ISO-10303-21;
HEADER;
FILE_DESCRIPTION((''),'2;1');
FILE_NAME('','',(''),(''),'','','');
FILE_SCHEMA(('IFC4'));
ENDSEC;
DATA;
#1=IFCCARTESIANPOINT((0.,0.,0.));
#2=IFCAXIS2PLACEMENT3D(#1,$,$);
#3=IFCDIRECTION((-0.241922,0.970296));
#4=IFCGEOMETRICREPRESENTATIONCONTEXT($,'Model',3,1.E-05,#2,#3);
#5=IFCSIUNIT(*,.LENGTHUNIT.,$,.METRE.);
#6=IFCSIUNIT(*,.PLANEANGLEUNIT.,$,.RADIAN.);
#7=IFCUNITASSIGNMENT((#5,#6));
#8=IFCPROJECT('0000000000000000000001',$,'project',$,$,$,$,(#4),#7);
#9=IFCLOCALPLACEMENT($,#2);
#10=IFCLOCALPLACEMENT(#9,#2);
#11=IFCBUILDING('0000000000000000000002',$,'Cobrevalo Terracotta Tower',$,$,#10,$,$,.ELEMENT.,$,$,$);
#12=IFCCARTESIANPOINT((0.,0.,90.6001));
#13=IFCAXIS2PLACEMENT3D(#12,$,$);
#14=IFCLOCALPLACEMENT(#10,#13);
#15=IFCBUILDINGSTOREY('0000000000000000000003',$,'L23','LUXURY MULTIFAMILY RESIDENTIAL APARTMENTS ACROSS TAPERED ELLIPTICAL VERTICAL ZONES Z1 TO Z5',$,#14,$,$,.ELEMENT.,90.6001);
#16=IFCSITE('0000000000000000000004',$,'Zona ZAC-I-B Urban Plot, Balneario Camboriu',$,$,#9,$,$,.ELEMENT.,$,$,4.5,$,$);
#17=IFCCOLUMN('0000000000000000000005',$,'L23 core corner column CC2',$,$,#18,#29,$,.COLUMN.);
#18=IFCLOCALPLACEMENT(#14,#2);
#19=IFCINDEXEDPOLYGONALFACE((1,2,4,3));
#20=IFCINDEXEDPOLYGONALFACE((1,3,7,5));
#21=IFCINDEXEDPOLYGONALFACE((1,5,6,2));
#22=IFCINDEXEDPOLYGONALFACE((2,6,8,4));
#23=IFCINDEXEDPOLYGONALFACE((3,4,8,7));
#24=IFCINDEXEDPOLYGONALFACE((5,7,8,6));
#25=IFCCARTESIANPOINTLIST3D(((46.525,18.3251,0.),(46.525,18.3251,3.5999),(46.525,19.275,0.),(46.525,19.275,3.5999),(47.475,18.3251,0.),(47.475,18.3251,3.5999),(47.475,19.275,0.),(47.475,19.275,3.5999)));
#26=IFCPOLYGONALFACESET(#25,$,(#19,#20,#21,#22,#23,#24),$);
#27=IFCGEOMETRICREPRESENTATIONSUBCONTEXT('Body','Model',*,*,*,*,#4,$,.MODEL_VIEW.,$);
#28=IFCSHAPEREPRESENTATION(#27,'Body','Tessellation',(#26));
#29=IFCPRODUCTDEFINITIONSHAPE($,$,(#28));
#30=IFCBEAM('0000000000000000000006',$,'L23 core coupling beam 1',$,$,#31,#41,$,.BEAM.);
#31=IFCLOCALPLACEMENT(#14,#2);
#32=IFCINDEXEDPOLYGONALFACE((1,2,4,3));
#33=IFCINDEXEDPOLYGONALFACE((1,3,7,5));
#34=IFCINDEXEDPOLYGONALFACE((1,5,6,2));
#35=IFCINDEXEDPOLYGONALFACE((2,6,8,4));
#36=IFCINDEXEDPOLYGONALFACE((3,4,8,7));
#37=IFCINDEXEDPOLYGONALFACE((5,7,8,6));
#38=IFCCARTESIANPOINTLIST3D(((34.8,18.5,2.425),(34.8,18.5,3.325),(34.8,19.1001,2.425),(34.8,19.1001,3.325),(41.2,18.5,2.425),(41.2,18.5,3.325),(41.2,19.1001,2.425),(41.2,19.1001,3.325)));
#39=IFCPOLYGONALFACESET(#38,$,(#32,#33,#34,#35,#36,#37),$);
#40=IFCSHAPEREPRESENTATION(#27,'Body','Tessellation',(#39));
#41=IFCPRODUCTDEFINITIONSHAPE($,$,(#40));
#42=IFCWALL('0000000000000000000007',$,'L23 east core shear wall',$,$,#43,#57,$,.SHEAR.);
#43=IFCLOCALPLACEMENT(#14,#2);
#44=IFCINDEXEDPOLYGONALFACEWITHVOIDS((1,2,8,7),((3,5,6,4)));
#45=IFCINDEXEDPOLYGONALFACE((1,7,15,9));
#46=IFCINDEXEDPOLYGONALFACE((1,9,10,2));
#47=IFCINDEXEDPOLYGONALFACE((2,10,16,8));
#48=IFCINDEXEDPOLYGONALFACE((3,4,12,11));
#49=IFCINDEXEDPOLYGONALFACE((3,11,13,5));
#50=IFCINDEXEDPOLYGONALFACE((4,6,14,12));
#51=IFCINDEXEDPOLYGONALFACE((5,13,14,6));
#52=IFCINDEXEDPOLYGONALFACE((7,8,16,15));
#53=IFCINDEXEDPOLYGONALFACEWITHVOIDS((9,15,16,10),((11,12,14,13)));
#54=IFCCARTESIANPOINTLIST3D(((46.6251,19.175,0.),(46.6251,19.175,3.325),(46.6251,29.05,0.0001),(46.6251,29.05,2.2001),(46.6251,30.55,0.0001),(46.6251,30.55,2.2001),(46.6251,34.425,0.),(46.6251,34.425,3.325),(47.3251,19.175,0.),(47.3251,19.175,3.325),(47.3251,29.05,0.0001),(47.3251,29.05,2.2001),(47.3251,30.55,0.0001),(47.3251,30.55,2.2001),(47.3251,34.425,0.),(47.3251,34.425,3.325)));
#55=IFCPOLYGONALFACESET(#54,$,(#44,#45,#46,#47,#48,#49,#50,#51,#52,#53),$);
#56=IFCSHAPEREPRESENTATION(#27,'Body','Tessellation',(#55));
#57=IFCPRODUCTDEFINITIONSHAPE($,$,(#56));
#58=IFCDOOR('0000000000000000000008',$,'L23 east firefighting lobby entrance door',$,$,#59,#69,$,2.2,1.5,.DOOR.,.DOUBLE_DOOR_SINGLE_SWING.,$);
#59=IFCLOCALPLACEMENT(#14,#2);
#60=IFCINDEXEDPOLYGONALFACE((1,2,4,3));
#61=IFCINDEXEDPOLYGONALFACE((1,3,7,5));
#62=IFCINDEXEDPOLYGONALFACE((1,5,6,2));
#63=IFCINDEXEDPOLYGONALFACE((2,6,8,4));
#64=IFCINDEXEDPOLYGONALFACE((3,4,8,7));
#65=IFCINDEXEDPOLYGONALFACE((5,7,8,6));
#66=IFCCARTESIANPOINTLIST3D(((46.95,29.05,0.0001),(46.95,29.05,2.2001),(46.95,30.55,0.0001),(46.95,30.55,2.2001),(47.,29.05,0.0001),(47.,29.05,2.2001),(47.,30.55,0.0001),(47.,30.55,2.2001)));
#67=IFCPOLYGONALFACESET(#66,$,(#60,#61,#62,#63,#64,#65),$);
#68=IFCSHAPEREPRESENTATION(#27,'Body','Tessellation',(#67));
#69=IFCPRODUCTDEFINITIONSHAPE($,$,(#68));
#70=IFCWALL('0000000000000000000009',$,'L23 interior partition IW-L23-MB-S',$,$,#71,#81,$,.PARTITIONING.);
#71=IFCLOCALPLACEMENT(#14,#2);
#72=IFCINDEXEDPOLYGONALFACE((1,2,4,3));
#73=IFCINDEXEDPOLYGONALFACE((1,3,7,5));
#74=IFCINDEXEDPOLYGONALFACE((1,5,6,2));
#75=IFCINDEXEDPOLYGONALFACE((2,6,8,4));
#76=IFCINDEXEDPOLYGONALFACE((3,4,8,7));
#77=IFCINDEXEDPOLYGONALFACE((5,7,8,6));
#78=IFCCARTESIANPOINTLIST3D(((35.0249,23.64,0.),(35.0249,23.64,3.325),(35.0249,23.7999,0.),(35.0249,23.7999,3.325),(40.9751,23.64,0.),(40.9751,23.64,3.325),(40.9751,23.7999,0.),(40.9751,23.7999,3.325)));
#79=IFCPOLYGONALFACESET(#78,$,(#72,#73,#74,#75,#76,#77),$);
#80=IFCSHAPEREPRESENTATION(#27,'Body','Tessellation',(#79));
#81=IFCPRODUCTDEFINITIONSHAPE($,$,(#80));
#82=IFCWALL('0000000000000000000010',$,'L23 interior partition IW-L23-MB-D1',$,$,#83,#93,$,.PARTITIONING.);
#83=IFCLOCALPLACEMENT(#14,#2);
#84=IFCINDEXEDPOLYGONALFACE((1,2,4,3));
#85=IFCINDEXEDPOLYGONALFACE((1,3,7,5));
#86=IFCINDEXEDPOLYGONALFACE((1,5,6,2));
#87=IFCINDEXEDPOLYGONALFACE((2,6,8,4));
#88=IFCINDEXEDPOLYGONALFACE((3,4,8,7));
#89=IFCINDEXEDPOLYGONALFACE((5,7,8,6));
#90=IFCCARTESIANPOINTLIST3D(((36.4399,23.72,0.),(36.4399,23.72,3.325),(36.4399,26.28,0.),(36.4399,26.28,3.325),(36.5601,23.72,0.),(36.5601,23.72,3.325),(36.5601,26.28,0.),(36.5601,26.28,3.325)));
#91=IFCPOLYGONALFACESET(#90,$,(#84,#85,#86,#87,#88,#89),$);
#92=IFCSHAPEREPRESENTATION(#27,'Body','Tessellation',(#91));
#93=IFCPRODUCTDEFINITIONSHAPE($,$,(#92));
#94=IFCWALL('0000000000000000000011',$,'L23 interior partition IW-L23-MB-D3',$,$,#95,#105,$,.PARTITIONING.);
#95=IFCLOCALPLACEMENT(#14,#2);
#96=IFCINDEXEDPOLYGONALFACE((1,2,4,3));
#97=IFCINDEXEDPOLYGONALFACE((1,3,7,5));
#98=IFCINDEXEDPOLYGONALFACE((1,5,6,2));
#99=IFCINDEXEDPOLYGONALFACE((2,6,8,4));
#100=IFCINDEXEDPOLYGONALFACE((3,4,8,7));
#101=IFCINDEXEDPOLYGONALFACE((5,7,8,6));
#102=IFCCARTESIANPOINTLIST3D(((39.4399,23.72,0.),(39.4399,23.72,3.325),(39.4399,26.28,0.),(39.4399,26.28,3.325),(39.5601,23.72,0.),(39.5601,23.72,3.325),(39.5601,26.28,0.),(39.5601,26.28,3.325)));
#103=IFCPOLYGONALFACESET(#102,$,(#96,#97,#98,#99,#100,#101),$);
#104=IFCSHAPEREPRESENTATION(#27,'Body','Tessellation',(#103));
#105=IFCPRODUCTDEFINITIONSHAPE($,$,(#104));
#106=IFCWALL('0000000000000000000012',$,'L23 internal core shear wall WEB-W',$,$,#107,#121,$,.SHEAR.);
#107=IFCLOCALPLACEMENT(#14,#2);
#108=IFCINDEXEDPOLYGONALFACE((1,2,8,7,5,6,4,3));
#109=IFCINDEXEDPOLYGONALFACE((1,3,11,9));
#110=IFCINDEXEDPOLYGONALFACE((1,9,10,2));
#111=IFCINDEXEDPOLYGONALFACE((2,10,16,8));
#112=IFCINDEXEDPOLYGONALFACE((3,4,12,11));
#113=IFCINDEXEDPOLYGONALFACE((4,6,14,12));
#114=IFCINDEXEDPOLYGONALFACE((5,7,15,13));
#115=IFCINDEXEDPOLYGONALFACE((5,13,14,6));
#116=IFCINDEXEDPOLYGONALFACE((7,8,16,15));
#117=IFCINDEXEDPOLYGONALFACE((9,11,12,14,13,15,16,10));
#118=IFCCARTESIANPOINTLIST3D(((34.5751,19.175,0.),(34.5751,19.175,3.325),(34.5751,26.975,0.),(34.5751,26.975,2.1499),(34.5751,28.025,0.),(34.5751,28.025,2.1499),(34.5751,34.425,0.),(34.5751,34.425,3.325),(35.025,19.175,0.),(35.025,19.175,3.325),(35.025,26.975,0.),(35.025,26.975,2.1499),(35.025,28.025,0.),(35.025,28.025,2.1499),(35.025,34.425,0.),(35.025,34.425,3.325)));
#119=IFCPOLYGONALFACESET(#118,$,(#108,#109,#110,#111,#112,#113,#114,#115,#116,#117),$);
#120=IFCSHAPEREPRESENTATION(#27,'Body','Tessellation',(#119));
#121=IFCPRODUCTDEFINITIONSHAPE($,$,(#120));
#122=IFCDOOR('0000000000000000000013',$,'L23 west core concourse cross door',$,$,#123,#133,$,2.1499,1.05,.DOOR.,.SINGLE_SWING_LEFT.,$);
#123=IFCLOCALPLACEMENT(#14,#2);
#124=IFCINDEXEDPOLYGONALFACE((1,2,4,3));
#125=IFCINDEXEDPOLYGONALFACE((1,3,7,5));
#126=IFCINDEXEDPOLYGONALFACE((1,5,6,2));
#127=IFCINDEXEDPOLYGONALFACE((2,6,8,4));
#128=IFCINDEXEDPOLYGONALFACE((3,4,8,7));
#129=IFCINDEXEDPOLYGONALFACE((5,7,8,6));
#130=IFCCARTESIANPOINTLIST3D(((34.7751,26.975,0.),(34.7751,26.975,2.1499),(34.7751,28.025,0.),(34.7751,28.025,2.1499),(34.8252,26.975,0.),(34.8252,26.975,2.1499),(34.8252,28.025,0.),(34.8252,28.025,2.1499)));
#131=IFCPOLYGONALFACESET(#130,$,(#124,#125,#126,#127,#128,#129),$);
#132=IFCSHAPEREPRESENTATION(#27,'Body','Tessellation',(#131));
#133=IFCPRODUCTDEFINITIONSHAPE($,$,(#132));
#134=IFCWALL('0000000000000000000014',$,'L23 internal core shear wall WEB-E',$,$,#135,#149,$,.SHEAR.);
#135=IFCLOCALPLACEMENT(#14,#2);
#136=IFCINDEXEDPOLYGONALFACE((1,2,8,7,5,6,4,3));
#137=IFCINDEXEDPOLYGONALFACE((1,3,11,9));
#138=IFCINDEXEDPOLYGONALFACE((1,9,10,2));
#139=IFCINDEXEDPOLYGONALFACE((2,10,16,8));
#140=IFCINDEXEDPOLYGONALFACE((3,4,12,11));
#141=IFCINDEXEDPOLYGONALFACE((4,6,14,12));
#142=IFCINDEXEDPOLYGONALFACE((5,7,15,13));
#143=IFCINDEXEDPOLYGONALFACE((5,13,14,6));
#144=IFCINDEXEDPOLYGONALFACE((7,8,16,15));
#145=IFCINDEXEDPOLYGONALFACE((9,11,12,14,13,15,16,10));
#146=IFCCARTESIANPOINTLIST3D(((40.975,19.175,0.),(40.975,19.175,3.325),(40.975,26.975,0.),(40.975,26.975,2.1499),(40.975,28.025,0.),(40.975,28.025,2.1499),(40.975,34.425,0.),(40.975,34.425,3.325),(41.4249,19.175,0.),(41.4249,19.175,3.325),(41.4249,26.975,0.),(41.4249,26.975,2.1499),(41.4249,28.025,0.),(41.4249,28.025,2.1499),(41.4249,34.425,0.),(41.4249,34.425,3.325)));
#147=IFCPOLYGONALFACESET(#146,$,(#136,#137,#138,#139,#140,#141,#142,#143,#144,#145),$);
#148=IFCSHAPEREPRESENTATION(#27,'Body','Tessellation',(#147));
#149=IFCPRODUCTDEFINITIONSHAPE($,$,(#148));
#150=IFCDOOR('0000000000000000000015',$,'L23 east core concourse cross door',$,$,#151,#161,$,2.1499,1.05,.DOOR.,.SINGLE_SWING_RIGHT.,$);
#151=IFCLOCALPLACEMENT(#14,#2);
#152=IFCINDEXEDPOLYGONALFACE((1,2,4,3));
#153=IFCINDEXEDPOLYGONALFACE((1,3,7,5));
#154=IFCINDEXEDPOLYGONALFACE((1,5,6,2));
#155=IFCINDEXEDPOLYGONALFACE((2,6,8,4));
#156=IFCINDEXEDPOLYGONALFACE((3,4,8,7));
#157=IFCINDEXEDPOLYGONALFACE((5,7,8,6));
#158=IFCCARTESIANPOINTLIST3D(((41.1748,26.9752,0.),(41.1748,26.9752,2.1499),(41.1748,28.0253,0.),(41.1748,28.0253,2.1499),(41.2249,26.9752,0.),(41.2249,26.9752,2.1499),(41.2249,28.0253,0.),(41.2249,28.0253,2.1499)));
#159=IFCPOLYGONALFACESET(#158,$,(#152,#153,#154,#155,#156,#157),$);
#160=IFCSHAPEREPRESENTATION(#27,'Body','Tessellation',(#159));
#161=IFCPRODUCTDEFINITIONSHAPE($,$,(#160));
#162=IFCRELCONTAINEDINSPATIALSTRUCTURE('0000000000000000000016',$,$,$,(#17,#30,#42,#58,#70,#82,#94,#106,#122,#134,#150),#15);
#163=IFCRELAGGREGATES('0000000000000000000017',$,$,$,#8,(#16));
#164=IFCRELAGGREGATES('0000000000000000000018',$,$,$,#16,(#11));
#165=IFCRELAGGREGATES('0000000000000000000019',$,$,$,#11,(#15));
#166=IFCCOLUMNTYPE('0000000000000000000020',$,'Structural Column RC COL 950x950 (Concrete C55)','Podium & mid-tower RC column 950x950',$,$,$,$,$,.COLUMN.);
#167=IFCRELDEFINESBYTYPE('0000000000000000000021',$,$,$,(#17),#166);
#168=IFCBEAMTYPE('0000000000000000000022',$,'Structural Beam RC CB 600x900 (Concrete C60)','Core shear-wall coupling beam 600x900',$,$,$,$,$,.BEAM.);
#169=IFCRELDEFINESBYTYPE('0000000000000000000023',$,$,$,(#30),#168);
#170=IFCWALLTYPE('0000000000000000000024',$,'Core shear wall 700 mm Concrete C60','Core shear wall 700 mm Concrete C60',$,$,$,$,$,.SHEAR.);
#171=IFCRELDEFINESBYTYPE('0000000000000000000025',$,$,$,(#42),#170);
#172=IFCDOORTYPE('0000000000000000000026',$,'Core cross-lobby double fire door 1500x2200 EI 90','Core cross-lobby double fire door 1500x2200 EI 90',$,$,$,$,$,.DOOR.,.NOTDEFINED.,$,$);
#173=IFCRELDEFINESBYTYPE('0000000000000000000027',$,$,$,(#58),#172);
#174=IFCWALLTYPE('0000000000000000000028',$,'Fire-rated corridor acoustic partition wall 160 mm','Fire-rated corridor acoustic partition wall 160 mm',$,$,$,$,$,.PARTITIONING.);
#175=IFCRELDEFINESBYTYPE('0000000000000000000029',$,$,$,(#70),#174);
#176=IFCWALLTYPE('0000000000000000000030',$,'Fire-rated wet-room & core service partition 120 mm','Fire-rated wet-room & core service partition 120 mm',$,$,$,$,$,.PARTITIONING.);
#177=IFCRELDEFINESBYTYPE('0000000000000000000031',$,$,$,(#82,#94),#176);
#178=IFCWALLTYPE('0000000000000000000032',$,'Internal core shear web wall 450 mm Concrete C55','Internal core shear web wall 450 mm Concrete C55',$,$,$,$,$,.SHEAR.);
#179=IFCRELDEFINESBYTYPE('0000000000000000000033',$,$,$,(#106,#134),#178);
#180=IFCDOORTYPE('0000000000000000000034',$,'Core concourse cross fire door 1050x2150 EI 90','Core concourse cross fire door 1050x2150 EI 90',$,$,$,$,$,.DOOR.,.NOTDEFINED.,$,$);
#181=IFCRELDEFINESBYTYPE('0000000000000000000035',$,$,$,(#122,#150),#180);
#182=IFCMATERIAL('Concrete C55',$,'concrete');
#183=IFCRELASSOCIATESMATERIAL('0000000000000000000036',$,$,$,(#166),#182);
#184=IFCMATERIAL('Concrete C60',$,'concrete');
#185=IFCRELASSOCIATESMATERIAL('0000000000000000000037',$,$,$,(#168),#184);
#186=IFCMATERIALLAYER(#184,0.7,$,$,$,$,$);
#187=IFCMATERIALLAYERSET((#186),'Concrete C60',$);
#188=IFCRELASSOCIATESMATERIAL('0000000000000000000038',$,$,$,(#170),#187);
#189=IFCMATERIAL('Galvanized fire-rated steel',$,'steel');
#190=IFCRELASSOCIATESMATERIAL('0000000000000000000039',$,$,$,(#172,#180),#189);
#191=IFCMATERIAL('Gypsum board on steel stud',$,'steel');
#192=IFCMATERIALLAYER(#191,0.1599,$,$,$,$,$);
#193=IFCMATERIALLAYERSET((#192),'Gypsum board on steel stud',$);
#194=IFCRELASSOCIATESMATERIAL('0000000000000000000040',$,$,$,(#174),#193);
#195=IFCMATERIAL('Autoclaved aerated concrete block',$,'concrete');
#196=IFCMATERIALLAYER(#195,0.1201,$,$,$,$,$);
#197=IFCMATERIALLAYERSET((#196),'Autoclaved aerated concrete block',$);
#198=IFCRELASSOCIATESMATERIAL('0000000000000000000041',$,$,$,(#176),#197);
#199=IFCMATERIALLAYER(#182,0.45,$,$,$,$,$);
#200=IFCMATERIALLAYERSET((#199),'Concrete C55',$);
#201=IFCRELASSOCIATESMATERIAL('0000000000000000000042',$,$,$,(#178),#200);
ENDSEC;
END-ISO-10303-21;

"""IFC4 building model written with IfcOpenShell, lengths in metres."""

from ifc_helpers import new_model, si_unit, direction, frame, frame_2d, origin, origin_2d, place, context, subcontext, project, spatial, rectangle, extrude, source, transform, mapped, material, layer, layer_set, material_profile, profile_set, type_object, element, fill, save


model = new_model("IFC4")

# Units and contexts
model_context = context("Model", 3, precision=1e-05, world=origin(), true_north=direction((-0.241922, 0.970296)))
body_context = subcontext(model_context, "Body", "Model", "MODEL_VIEW")
ifc_project = project(units=[si_unit("LENGTHUNIT", "METRE"), si_unit("PLANEANGLEUNIT", "RADIAN")], contexts=[model_context])

# Site, building, storey
site_placement = place(None, origin())
site = spatial("IfcSite", under=ifc_project, at=site_placement, Name="Zona ZAC-I-B Urban Plot, Balneario Camboriu", CompositionType="ELEMENT", RefElevation=4.5)
building_placement = place(site_placement, origin())
building = spatial("IfcBuilding", under=site, at=building_placement, Name="Cobrevalo Terracotta Tower", CompositionType="ELEMENT")
storey_placement = place(building_placement, frame((0.0, 0.0, 90.6001)))
storey = spatial("IfcBuildingStorey", under=building, at=storey_placement, Name="L23", Description="LUXURY MULTIFAMILY RESIDENTIAL APARTMENTS ACROSS TAPERED ELLIPTICAL VERTICAL ZONES Z1 TO Z5", CompositionType="ELEMENT", Elevation=90.6001)

# Column
ifc_material_1 = material(Name="Concrete C55", Category="concrete")
ifc_material_profile_1 = material_profile(ifc_material_1, rectangle(XDim=0.95, YDim=0.95, at=origin_2d()), Name="RC COL 950x950")
ifc_profile_set_1 = profile_set([ifc_material_profile_1], Name="Concrete C55")
column_type = type_object("IfcColumnType", Name="Structural Column RC COL 950x950 (Concrete C55)", Description="Podium & mid-tower RC column 950x950", PredefinedType="COLUMN", material=ifc_profile_set_1)
column_placement = place(storey_placement, frame((47.0, 18.8, 0.0), z_axis=(0.0, 0.0, 1.0), x_axis=(1.0, 0.0, 0.0)))
element("IfcColumn", 1, at=column_placement, inside=storey, type_object=column_type, Name="L23 core corner column CC2", PredefinedType="COLUMN", context=body_context, shape_type="SweptSolid", body=[
    extrude(rectangle(XDim=0.95, YDim=0.95, at=origin_2d()), origin(), (0.0, 0.0, 1.0), 3.5999),
])

# Beam
ifc_material_2 = material(Name="Concrete C60", Category="concrete")
ifc_material_profile_2 = material_profile(ifc_material_2, rectangle(XDim=0.6001, YDim=0.8999, at=origin_2d()), Name="RC CB 600x900")
ifc_profile_set_2 = profile_set([ifc_material_profile_2], Name="Concrete C60")
beam_type = type_object("IfcBeamType", Name="Structural Beam RC CB 600x900 (Concrete C60)", Description="Core shear-wall coupling beam 600x900", PredefinedType="BEAM", material=ifc_profile_set_2)
beam_placement = place(storey_placement, frame((34.8, 18.8, 2.875), z_axis=(1.0, 0.0, 0.0), x_axis=(0.0, 1.0, 0.0)))
element("IfcBeam", 2, at=beam_placement, inside=storey, type_object=beam_type, Name="L23 core coupling beam 1", PredefinedType="BEAM", context=body_context, shape_type="SweptSolid", body=[
    extrude(rectangle(XDim=0.6001, YDim=0.8999, at=origin_2d()), origin(), (0.0, 0.0, 1.0), 6.3999),
])

# Wall, opening, door
ifc_layer_1 = layer(ifc_material_2, 0.7)
ifc_layer_set_1 = layer_set([ifc_layer_1], Name="Concrete C60")
wall_type_1 = type_object("IfcWallType", Name="Core shear wall 700 mm Concrete C60", Description="Core shear wall 700 mm Concrete C60", PredefinedType="SHEAR", material=ifc_layer_set_1)
wall_1_placement = place(storey_placement, frame((46.9751, 19.175, 0.0), z_axis=(0.0, 0.0, 1.0), x_axis=(0.0, 1.0, 0.0)))
wall_1 = element("IfcWall", 3, at=wall_1_placement, inside=storey, type_object=wall_type_1, Name="L23 east core shear wall", PredefinedType="SHEAR", context=body_context, shape_type="SweptSolid", body=[
    extrude(rectangle(XDim=15.25, YDim=0.7, at=frame_2d((7.625, 0.0))), origin(), (0.0, 0.0, 1.0), 3.325),
])
opening_1_placement = place(wall_1_placement, frame((9.875, 0.0, 0.0)))
opening_1 = element("IfcOpeningElement", 4, at=opening_1_placement, cuts=wall_1, PredefinedType="OPENING", context=body_context, shape_type="SweptSolid", body=[
    extrude(rectangle(XDim=1.5, YDim=2.2, at=frame_2d((0.75, 1.1001))), frame((0.0, 0.3599, 0.0), z_axis=(0.0, -1.0, 0.0), x_axis=(1.0, 0.0, 0.0)), (0.0, 0.0, 1.0), 0.72),
])
ifc_material_3 = material(Name="Galvanized fire-rated steel", Category="steel")
door_type_1 = type_object("IfcDoorType", Name="Core cross-lobby double fire door 1500x2200 EI 90", Description="Core cross-lobby double fire door 1500x2200 EI 90", OperationType="NOTDEFINED", PredefinedType="DOOR", material=ifc_material_3)
shared_shape_1 = source(origin(), body_context, "Body", "SweptSolid", [
    extrude(rectangle(XDim=1.5, YDim=2.2, at=frame_2d((0.75, 1.1001))), frame((0.0, 0.0249, 0.0), z_axis=(0.0, -1.0, 0.0), x_axis=(1.0, 0.0, 0.0)), (0.0, 0.0, 1.0), 0.05),
])
door_1_placement = place(opening_1_placement, frame((1.5, 0.0, 0.0), z_axis=(0.0, 0.0, 1.0), x_axis=(-1.0, 0.0, 0.0)))
door_1 = element("IfcDoor", 5, at=door_1_placement, inside=storey, type_object=door_type_1, Name="L23 east firefighting lobby entrance door", OperationType="DOUBLE_DOOR_SINGLE_SWING", OverallHeight=2.2, OverallWidth=1.5, PredefinedType="DOOR", context=body_context, shape_type="MappedRepresentation", body=[
    mapped(shared_shape_1, transform((0.0, 0.0, 0.0), scale=1.0)),
])
fill(opening_1, door_1)

# Walls
ifc_material_4 = material(Name="Gypsum board on steel stud", Category="steel")
ifc_layer_2 = layer(ifc_material_4, 0.1599)
ifc_layer_set_2 = layer_set([ifc_layer_2], Name="Gypsum board on steel stud")
wall_type_2 = type_object("IfcWallType", Name="Fire-rated corridor acoustic partition wall 160 mm", Description="Fire-rated corridor acoustic partition wall 160 mm", PredefinedType="PARTITIONING", material=ifc_layer_set_2)
wall_2_placement = place(storey_placement, frame((35.0249, 23.72, 0.0), z_axis=(0.0, 0.0, 1.0), x_axis=(1.0, 0.0, 0.0)))
element("IfcWall", 6, at=wall_2_placement, inside=storey, type_object=wall_type_2, Name="L23 interior partition IW-L23-MB-S", PredefinedType="PARTITIONING", context=body_context, shape_type="SweptSolid", body=[
    extrude(rectangle(XDim=5.9502, YDim=0.1599, at=frame_2d((2.9751, 0.0))), origin(), (0.0, 0.0, 1.0), 3.325),
])
ifc_material_5 = material(Name="Autoclaved aerated concrete block", Category="concrete")
ifc_layer_3 = layer(ifc_material_5, 0.1201)
ifc_layer_set_3 = layer_set([ifc_layer_3], Name="Autoclaved aerated concrete block")
wall_type_3 = type_object("IfcWallType", Name="Fire-rated wet-room & core service partition 120 mm", Description="Fire-rated wet-room & core service partition 120 mm", PredefinedType="PARTITIONING", material=ifc_layer_set_3)
for number, where, z_axis, x_axis, name in (
    (7, (36.5, 23.72, 0.0), (0.0, 0.0, 1.0), (0.0, 1.0, 0.0), "L23 interior partition IW-L23-MB-D1"),
    (8, (39.5, 23.72, 0.0), (0.0, 0.0, 1.0), (0.0, 1.0, 0.0), "L23 interior partition IW-L23-MB-D3"),
):
    element("IfcWall", number, at=place(storey_placement, frame(where, z_axis=z_axis, x_axis=x_axis)), inside=storey, type_object=wall_type_3, Name=name, PredefinedType="PARTITIONING", context=body_context, shape_type="SweptSolid", body=[
        extrude(rectangle(XDim=2.5601, YDim=0.1201, at=frame_2d((1.28, 0.0))), origin(), (0.0, 0.0, 1.0), 3.325),
    ])

# Walls, openings, doors
ifc_layer_4 = layer(ifc_material_1, 0.45)
ifc_layer_set_4 = layer_set([ifc_layer_4], Name="Concrete C55")
wall_type_4 = type_object("IfcWallType", Name="Internal core shear web wall 450 mm Concrete C55", Description="Internal core shear web wall 450 mm Concrete C55", PredefinedType="SHEAR", material=ifc_layer_set_4)
wall_3_placement = place(storey_placement, frame((34.8, 19.175, 0.0), z_axis=(0.0, 0.0, 1.0), x_axis=(0.0, 1.0, 0.0)))
wall_3 = element("IfcWall", 9, at=wall_3_placement, inside=storey, type_object=wall_type_4, Name="L23 internal core shear wall WEB-W", PredefinedType="SHEAR", context=body_context, shape_type="SweptSolid", body=[
    extrude(rectangle(XDim=15.25, YDim=0.45, at=frame_2d((7.625, 0.0))), origin(), (0.0, 0.0, 1.0), 3.325),
])
opening_2_placement = place(wall_3_placement, frame((7.8, 0.0, 0.0)))
opening_2 = element("IfcOpeningElement", 10, at=opening_2_placement, cuts=wall_3, PredefinedType="OPENING", context=body_context, shape_type="SweptSolid", body=[
    extrude(rectangle(XDim=1.05, YDim=2.1499, at=frame_2d((0.5249, 1.075))), frame((0.0, 0.2349, 0.0), z_axis=(0.0, -1.0, 0.0), x_axis=(1.0, 0.0, 0.0)), (0.0, 0.0, 1.0), 0.47),
])
door_type_2 = type_object("IfcDoorType", Name="Core concourse cross fire door 1050x2150 EI 90", Description="Core concourse cross fire door 1050x2150 EI 90", OperationType="NOTDEFINED", PredefinedType="DOOR", material=ifc_material_3)
shared_shape_2 = source(origin(), body_context, "Body", "SweptSolid", [
    extrude(rectangle(XDim=1.05, YDim=2.1499, at=frame_2d((0.5249, 1.075))), frame((0.0, 0.0249, 0.0), z_axis=(0.0, -1.0, 0.0), x_axis=(1.0, 0.0, 0.0)), (0.0, 0.0, 1.0), 0.05),
])
door_2_placement = place(opening_2_placement, origin())
door_2 = element("IfcDoor", 11, at=door_2_placement, inside=storey, type_object=door_type_2, Name="L23 west core concourse cross door", OperationType="SINGLE_SWING_LEFT", OverallHeight=2.1499, OverallWidth=1.05, PredefinedType="DOOR", context=body_context, shape_type="MappedRepresentation", body=[
    mapped(shared_shape_2, transform((0.0, 0.0, 0.0), scale=1.0)),
])
fill(opening_2, door_2)
wall_4_placement = place(storey_placement, frame((41.2, 19.175, 0.0), z_axis=(0.0, 0.0, 1.0), x_axis=(0.0, 1.0, 0.0)))
wall_4 = element("IfcWall", 12, at=wall_4_placement, inside=storey, type_object=wall_type_4, Name="L23 internal core shear wall WEB-E", PredefinedType="SHEAR", context=body_context, shape_type="SweptSolid", body=[
    extrude(rectangle(XDim=15.25, YDim=0.45, at=frame_2d((7.625, 0.0))), origin(), (0.0, 0.0, 1.0), 3.325),
])
opening_3_placement = place(wall_4_placement, frame((7.8, 0.0, 0.0)))
opening_3 = element("IfcOpeningElement", 13, at=opening_3_placement, cuts=wall_4, PredefinedType="OPENING", context=body_context, shape_type="SweptSolid", body=[
    extrude(rectangle(XDim=1.05, YDim=2.1499, at=frame_2d((0.5249, 1.075))), frame((0.0, 0.2349, 0.0), z_axis=(0.0, -1.0, 0.0), x_axis=(1.0, 0.0, 0.0)), (0.0, 0.0, 1.0), 0.47),
])
door_3_placement = place(opening_3_placement, frame((1.05, 0.0, 0.0), z_axis=(0.0, 0.0, 1.0), x_axis=(-1.0, 0.0, 0.0)))
door_3 = element("IfcDoor", 14, at=door_3_placement, inside=storey, type_object=door_type_2, Name="L23 east core concourse cross door", OperationType="SINGLE_SWING_RIGHT", OverallHeight=2.1499, OverallWidth=1.05, PredefinedType="DOOR", context=body_context, shape_type="MappedRepresentation", body=[
    mapped(shared_shape_2, transform((0.0, 0.0, 0.0), scale=1.0)),
])
fill(opening_3, door_3)

save(model, "model.ifc")
